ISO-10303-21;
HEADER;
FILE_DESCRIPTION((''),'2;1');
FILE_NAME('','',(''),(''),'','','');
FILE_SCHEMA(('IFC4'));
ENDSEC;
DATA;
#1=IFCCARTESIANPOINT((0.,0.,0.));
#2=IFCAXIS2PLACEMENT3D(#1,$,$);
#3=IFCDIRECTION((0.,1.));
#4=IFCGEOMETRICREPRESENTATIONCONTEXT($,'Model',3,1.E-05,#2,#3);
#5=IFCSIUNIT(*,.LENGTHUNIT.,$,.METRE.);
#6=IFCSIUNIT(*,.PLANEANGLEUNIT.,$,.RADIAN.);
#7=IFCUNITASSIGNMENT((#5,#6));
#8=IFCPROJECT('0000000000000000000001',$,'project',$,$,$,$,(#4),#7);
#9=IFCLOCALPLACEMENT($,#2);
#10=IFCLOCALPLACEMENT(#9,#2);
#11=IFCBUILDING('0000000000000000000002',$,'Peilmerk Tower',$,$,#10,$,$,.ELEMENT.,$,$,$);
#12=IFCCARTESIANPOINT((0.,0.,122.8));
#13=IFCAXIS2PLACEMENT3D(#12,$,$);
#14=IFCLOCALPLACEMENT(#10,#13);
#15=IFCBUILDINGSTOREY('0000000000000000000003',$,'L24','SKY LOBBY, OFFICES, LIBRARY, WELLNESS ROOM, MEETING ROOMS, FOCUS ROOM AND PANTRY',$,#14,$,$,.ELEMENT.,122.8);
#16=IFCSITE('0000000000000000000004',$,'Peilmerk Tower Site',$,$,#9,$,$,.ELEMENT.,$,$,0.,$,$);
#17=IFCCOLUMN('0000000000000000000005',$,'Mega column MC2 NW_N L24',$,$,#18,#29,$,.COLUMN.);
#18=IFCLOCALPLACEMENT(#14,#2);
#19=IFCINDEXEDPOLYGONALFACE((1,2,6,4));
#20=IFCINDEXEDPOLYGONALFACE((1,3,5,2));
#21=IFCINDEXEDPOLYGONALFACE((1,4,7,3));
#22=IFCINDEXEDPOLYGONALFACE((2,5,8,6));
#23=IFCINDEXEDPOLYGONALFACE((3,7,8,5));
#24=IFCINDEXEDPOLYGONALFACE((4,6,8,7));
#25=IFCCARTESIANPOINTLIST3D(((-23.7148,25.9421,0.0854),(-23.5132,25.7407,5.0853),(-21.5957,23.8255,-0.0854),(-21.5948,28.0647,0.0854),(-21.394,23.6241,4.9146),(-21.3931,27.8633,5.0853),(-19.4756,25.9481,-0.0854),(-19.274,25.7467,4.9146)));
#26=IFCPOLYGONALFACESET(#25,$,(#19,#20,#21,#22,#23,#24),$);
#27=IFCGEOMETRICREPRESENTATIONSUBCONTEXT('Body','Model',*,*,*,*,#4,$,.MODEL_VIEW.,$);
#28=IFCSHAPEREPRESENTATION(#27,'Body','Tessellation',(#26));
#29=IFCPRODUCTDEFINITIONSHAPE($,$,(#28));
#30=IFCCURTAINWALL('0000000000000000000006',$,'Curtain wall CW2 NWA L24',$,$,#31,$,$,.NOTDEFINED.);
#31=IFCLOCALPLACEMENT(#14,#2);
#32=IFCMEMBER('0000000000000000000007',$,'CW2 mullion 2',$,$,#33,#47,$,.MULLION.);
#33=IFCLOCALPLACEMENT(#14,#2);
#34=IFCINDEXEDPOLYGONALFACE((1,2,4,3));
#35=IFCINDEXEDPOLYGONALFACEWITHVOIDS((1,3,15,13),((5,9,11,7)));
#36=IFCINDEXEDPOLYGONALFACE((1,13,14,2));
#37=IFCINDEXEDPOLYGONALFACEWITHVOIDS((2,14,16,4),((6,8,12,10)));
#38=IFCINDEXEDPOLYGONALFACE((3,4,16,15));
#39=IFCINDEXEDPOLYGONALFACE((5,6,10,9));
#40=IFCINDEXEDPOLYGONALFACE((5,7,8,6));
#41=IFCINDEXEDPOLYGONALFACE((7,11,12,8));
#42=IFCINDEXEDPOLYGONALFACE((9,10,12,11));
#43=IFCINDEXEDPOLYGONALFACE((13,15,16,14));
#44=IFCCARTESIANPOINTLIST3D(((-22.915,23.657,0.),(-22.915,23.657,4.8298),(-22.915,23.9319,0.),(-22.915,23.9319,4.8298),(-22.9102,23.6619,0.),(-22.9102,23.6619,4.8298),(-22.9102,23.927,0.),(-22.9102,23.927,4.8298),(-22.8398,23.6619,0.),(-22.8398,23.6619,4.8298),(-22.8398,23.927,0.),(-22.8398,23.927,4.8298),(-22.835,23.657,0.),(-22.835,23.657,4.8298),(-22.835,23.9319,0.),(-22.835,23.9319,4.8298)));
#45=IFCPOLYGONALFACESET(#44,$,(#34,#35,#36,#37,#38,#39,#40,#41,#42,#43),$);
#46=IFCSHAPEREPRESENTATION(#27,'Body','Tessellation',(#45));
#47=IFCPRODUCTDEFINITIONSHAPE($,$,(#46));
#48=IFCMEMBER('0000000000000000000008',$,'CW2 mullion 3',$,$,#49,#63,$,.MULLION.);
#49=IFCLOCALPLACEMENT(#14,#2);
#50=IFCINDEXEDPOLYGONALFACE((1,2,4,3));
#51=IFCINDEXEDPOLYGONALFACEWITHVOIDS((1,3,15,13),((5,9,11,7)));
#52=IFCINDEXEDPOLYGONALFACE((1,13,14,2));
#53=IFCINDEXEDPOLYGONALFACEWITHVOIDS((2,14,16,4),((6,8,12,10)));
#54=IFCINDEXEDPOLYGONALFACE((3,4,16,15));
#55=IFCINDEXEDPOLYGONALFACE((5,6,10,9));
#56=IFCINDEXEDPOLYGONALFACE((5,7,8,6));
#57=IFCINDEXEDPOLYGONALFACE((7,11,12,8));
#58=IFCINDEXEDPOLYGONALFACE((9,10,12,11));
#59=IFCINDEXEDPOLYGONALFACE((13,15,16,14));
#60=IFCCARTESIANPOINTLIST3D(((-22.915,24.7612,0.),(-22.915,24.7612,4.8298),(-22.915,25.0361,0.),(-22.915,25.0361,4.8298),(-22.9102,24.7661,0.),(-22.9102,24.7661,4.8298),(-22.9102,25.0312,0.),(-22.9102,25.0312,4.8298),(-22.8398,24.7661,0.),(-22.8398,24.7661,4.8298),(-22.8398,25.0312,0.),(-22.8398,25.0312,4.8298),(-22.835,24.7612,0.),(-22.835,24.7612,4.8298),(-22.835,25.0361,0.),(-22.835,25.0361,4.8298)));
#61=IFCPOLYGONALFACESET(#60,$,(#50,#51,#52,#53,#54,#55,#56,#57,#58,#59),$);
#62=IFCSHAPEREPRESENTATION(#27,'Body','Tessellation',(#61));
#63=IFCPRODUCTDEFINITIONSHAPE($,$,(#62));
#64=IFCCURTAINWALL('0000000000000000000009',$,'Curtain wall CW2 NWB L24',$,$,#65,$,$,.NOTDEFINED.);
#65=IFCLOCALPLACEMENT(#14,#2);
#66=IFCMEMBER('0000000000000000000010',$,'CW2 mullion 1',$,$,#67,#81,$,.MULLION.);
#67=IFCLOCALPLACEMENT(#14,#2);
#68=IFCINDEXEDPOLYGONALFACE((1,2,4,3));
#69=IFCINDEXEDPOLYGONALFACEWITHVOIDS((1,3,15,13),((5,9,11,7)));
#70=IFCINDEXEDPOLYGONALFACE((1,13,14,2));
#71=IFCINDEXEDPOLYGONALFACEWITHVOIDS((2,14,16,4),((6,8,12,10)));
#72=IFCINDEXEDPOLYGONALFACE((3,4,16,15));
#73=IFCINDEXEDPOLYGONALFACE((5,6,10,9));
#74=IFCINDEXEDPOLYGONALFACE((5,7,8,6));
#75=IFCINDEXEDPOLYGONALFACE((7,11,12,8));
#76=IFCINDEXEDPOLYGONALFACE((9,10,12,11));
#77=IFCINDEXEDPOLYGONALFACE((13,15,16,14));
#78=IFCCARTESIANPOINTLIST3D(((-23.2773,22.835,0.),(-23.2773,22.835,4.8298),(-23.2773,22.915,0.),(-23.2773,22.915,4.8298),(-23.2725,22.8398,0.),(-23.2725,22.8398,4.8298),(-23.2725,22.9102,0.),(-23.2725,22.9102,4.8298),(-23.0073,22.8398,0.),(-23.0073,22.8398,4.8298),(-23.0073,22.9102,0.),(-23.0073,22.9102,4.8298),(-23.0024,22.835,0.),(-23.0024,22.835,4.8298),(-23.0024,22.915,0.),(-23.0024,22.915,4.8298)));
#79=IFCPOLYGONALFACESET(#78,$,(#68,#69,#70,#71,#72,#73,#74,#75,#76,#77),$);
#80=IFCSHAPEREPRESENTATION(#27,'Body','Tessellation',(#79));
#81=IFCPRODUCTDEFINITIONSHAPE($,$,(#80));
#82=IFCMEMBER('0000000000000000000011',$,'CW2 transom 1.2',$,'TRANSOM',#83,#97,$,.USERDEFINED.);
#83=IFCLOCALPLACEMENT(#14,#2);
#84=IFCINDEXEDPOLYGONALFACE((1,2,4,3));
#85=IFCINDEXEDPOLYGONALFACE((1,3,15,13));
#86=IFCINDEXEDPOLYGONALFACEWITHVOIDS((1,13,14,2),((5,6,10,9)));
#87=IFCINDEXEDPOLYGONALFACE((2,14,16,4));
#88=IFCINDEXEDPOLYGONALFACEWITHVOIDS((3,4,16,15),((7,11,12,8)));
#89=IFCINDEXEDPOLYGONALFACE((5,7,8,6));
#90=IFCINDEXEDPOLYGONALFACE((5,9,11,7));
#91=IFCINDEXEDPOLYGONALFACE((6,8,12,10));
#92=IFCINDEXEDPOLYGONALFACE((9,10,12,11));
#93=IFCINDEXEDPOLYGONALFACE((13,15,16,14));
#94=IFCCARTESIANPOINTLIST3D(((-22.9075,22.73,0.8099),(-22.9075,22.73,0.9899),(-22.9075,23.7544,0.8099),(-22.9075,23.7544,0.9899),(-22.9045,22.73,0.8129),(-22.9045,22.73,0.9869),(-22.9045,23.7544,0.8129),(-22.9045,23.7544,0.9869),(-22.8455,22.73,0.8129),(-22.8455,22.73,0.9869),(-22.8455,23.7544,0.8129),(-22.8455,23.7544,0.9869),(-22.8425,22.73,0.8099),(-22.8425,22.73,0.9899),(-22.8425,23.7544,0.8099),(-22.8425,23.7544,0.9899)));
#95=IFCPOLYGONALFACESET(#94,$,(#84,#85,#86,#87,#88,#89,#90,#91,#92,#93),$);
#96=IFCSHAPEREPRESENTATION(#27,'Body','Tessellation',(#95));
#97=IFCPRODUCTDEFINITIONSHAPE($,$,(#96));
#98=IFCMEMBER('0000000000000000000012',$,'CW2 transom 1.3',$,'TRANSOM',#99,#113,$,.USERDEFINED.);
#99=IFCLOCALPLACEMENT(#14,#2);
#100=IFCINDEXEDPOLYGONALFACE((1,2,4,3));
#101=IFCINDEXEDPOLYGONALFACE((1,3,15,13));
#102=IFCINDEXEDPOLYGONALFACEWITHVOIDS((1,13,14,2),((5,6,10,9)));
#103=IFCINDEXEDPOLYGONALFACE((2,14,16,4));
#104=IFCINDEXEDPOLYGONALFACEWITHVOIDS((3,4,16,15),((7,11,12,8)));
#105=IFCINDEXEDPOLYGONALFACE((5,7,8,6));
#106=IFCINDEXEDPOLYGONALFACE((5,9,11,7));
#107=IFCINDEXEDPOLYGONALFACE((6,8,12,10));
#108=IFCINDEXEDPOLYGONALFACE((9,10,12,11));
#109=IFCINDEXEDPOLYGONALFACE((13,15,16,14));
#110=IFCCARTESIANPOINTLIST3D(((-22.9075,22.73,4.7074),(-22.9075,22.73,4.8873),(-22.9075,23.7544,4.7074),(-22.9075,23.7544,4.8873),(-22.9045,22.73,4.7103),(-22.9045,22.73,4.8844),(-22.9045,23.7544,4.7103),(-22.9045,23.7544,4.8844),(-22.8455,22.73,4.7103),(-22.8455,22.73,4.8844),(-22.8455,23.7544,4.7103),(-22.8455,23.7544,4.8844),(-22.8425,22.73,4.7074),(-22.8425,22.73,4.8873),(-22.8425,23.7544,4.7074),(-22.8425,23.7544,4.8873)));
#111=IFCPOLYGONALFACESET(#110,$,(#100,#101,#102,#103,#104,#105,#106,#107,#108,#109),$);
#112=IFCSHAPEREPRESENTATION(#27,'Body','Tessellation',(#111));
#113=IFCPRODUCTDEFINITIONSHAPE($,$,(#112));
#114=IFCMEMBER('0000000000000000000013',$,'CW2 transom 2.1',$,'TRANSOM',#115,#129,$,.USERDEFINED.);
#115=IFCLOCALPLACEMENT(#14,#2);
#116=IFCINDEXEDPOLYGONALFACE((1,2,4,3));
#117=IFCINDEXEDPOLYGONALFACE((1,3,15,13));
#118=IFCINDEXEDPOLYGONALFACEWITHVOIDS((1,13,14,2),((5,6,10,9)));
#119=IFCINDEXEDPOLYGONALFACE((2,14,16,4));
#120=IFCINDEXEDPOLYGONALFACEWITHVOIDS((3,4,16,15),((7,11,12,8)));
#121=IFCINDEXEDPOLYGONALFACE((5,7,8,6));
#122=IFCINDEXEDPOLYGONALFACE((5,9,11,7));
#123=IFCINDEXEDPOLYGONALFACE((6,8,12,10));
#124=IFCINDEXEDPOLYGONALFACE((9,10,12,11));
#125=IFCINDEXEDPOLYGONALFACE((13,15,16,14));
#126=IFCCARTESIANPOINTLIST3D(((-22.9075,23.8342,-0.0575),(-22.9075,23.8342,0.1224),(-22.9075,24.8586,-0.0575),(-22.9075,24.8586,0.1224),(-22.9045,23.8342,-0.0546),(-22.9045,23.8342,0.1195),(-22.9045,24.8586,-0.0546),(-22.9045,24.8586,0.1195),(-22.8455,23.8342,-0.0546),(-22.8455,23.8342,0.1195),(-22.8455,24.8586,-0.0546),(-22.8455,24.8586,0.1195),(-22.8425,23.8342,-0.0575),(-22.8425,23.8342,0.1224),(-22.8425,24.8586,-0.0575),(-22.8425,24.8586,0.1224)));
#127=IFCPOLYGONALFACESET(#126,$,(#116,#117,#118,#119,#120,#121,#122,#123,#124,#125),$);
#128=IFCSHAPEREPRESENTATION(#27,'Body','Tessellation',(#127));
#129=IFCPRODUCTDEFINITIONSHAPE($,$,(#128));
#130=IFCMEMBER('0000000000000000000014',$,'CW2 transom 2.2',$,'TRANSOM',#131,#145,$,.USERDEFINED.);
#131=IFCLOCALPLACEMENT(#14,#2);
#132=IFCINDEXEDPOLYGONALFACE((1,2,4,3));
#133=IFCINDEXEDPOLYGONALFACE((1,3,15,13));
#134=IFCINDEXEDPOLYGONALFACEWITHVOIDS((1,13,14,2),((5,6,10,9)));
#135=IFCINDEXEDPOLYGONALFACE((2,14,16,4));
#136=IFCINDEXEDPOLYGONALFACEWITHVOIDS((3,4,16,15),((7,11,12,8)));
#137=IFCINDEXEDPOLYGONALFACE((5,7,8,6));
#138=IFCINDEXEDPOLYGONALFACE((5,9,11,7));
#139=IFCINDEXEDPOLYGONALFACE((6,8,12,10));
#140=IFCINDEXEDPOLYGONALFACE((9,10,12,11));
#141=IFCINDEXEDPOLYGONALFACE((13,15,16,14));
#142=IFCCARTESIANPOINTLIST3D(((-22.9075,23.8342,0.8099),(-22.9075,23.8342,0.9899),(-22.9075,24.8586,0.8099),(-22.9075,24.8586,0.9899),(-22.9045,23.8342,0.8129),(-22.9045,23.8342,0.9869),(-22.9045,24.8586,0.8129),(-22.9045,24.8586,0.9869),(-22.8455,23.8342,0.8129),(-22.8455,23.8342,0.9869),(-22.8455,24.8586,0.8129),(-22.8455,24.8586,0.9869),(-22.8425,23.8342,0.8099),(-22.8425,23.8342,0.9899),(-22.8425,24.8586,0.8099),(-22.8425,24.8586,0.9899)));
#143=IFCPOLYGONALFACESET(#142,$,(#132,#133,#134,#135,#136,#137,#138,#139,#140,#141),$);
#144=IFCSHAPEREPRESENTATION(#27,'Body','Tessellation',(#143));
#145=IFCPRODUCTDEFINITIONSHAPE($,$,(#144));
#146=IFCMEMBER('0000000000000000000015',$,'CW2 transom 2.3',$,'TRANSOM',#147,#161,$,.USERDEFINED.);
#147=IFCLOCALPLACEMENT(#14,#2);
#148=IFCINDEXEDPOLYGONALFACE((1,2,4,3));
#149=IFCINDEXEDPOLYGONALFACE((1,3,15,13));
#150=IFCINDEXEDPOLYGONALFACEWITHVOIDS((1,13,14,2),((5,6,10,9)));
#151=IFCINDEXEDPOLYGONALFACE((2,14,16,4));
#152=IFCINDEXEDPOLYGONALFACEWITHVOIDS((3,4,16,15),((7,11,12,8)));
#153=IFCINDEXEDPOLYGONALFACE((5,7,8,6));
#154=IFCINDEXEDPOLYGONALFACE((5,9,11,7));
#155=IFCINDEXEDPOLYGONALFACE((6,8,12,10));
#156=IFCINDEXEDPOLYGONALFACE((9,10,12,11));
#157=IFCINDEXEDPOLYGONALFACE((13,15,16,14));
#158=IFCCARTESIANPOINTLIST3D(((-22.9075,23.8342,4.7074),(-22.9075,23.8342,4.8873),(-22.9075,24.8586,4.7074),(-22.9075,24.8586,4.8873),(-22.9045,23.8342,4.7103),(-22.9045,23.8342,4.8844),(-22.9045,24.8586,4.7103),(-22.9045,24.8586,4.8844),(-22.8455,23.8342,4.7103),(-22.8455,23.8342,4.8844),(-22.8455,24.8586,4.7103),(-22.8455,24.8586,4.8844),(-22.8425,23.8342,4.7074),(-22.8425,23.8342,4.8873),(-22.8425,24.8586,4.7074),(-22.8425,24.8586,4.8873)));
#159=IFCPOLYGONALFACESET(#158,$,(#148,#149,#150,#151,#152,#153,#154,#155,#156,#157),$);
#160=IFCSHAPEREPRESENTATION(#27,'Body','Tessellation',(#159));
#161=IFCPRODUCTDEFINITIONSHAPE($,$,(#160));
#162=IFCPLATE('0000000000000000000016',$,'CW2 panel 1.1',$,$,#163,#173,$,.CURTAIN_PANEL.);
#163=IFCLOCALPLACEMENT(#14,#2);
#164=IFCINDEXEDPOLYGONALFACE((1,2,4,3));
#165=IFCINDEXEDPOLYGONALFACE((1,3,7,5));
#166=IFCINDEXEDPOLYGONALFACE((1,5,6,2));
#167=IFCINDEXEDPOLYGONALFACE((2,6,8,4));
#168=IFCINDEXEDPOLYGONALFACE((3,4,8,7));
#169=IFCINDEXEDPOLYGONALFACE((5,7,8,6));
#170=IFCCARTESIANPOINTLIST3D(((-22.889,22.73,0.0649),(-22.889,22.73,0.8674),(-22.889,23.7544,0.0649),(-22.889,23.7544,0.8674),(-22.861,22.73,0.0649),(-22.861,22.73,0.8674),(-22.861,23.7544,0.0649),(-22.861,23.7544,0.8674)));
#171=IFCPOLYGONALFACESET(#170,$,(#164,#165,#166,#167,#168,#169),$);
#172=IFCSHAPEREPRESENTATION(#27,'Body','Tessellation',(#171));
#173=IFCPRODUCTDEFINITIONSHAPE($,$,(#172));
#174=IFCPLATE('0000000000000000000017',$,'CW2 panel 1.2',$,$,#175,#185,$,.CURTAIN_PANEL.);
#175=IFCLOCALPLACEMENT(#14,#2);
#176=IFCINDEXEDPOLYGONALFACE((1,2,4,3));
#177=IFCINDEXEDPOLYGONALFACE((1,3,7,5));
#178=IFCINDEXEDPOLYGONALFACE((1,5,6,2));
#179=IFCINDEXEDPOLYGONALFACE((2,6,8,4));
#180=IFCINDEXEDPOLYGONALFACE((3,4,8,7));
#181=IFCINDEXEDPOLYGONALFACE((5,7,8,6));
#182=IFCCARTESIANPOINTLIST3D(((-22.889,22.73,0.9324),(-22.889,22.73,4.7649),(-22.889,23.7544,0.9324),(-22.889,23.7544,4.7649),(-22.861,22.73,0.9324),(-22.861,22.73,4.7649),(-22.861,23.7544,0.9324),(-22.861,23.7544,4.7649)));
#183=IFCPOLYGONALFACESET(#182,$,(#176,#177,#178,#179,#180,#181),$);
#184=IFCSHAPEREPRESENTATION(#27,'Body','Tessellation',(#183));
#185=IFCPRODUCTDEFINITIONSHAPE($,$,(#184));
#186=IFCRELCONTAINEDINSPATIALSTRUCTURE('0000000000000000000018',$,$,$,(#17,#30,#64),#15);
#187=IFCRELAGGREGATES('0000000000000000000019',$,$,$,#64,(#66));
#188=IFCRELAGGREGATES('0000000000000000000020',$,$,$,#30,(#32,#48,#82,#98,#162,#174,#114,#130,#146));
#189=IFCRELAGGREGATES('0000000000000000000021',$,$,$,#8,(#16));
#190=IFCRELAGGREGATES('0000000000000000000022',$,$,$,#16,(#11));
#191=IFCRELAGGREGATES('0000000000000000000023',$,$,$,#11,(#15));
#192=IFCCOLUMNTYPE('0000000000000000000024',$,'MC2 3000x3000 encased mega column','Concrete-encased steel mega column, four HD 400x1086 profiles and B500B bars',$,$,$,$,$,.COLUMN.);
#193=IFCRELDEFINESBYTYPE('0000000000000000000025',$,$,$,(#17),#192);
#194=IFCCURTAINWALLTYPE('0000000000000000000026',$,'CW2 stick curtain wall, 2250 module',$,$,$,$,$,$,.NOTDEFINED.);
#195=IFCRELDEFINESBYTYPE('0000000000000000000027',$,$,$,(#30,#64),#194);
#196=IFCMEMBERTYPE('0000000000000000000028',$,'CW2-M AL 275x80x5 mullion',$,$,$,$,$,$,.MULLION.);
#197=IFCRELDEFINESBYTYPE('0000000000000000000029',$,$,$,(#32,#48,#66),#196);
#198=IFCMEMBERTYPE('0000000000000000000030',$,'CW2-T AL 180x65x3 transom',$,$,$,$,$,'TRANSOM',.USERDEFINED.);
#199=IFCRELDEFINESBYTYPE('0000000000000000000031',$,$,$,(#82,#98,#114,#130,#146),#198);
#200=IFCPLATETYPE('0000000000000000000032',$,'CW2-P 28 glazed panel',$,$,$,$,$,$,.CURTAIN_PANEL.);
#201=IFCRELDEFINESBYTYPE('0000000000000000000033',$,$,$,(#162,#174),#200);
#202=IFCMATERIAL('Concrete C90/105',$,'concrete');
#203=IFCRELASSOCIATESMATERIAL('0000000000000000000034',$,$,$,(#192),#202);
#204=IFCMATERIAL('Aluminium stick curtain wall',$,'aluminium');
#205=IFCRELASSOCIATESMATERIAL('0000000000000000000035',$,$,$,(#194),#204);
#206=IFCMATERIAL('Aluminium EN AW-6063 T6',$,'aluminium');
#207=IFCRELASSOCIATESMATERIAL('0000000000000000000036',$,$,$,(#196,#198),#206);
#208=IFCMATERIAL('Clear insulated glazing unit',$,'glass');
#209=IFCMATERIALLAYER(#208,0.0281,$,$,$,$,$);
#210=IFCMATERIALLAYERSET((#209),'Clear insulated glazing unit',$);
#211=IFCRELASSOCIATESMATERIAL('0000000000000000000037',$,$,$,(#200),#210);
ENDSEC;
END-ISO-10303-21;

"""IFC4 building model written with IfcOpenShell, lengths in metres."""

from ifc_helpers import new_model, si_unit, direction, frame, origin, origin_2d, place, context, subcontext, project, spatial, rectangle, hollow_rectangle, extrude, material, layer, layer_set, material_profile, profile_set, type_object, element, aggregate, save


model = new_model("IFC4")

# Units and contexts
model_context = context("Model", 3, precision=1e-05, world=origin(), true_north=direction((0.0, 1.0)))
body_context = subcontext(model_context, "Body", "Model", "MODEL_VIEW")
ifc_project = project(units=[si_unit("LENGTHUNIT", "METRE"), si_unit("PLANEANGLEUNIT", "RADIAN")], contexts=[model_context])

# Site, building, storey
site_placement = place(None, origin())
site = spatial("IfcSite", under=ifc_project, at=site_placement, Name="Peilmerk Tower Site", CompositionType="ELEMENT", RefElevation=0.0)
building_placement = place(site_placement, origin())
building = spatial("IfcBuilding", under=site, at=building_placement, Name="Peilmerk Tower", CompositionType="ELEMENT")
storey_placement = place(building_placement, frame((0.0, 0.0, 122.8)))
storey = spatial("IfcBuildingStorey", under=building, at=storey_placement, Name="L24", Description="SKY LOBBY, OFFICES, LIBRARY, WELLNESS ROOM, MEETING ROOMS, FOCUS ROOM AND PANTRY", CompositionType="ELEMENT", Elevation=122.8)

# Column
ifc_material_1 = material(Name="Concrete C90/105", Category="concrete")
ifc_material_profile_1 = material_profile(ifc_material_1, rectangle(XDim=3.0, YDim=3.0, at=origin_2d()), Name="RC 3000x3000")
ifc_profile_set_1 = profile_set([ifc_material_profile_1], Name="Concrete C90/105")
column_type = type_object("IfcColumnType", Name="MC2 3000x3000 encased mega column", Description="Concrete-encased steel mega column, four HD 400x1086 profiles and B500B bars", PredefinedType="COLUMN", material=ifc_profile_set_1)
column_placement = place(storey_placement, frame((-21.5952, 25.9451, 0.0), z_axis=(0.040267, -0.040218, 0.998379), x_axis=(0.706678, 0.707535, 0.0)))
element("IfcColumn", 1, at=column_placement, inside=storey, type_object=column_type, Name="Mega column MC2 NW_N L24", PredefinedType="COLUMN", context=body_context, shape_type="SweptSolid", body=[
    extrude(rectangle(XDim=3.0, YDim=3.0, at=origin_2d()), origin(), (0.0, 0.0, 1.0), 5.0081),
])

# Curtain wall, members
ifc_material_2 = material(Name="Aluminium stick curtain wall", Category="aluminium")
curtain_wall_type = type_object("IfcCurtainWallType", Name="CW2 stick curtain wall, 2250 module", PredefinedType="NOTDEFINED", material=ifc_material_2)
curtain_wall_1_placement = place(storey_placement, origin())
curtain_wall_1 = element("IfcCurtainWall", 2, at=curtain_wall_1_placement, inside=storey, type_object=curtain_wall_type, Name="Curtain wall CW2 NWA L24", PredefinedType="NOTDEFINED")
ifc_material_3 = material(Name="Aluminium EN AW-6063 T6", Category="aluminium")
ifc_material_profile_2 = material_profile(ifc_material_3, hollow_rectangle(XDim=0.0801, YDim=0.2749, WallThickness=0.0049, at=origin_2d()), Name="AL 275x80x5")
ifc_profile_set_2 = profile_set([ifc_material_profile_2], Name="Aluminium EN AW-6063 T6")
member_type_1 = type_object("IfcMemberType", Name="CW2-M AL 275x80x5 mullion", PredefinedType="MULLION", material=ifc_profile_set_2)
member_1_placement = place(storey_placement, frame((-22.875, 23.7944, 0.0), z_axis=(0.0, 0.0, 1.0), x_axis=(-1.0, 0.0, 0.0)))
member_1 = element("IfcMember", 3, at=member_1_placement, type_object=member_type_1, Name="CW2 mullion 2", PredefinedType="MULLION", context=body_context, shape_type="SweptSolid", body=[
    extrude(hollow_rectangle(XDim=0.0801, YDim=0.2749, WallThickness=0.0049, at=origin_2d()), origin(), (0.0, 0.0, 1.0), 4.8298),
])
member_2_placement = place(storey_placement, frame((-22.875, 24.8987, 0.0), z_axis=(0.0, 0.0, 1.0), x_axis=(-1.0, 0.0, 0.0)))
member_2 = element("IfcMember", 4, at=member_2_placement, type_object=member_type_1, Name="CW2 mullion 3", PredefinedType="MULLION", context=body_context, shape_type="SweptSolid", body=[
    extrude(hollow_rectangle(XDim=0.0801, YDim=0.2749, WallThickness=0.0049, at=origin_2d()), origin(), (0.0, 0.0, 1.0), 4.8298),
])

# Curtain wall, member
curtain_wall_2_placement = place(storey_placement, origin())
curtain_wall_2 = element("IfcCurtainWall", 5, at=curtain_wall_2_placement, inside=storey, type_object=curtain_wall_type, Name="Curtain wall CW2 NWB L24", PredefinedType="NOTDEFINED")
member_3_placement = place(storey_placement, frame((-23.1399, 22.875, 0.0), z_axis=(0.0, 0.0, 1.0), x_axis=(0.0, -1.0, 0.0)))
member_3 = element("IfcMember", 6, at=member_3_placement, type_object=member_type_1, Name="CW2 mullion 1", PredefinedType="MULLION", context=body_context, shape_type="SweptSolid", body=[
    extrude(hollow_rectangle(XDim=0.0801, YDim=0.2749, WallThickness=0.0049, at=origin_2d()), origin(), (0.0, 0.0, 1.0), 4.8298),
])
aggregate(curtain_wall_2, [member_3])

# Members
ifc_material_profile_3 = material_profile(ifc_material_3, hollow_rectangle(XDim=0.0649, YDim=0.1799, WallThickness=0.0029, at=origin_2d()), Name="AL 180x65x3")
ifc_profile_set_3 = profile_set([ifc_material_profile_3], Name="Aluminium EN AW-6063 T6")
member_type_2 = type_object("IfcMemberType", Name="CW2-T AL 180x65x3 transom", ElementType="TRANSOM", PredefinedType="USERDEFINED", material=ifc_profile_set_3)
member_4_placement = place(storey_placement, frame((-22.875, 22.73, 0.8999), z_axis=(0.0, 1.0, 0.0), x_axis=(-1.0, 0.0, 0.0)))
member_4 = element("IfcMember", 7, at=member_4_placement, type_object=member_type_2, Name="CW2 transom 1.2", ObjectType="TRANSOM", PredefinedType="USERDEFINED", context=body_context, shape_type="SweptSolid", body=[
    extrude(hollow_rectangle(XDim=0.0649, YDim=0.1799, WallThickness=0.0029, at=origin_2d()), origin(), (0.0, 0.0, 1.0), 1.0244),
])
member_5_placement = place(storey_placement, frame((-22.875, 22.73, 4.7974), z_axis=(0.0, 1.0, 0.0), x_axis=(-1.0, 0.0, 0.0)))
member_5 = element("IfcMember", 8, at=member_5_placement, type_object=member_type_2, Name="CW2 transom 1.3", ObjectType="TRANSOM", PredefinedType="USERDEFINED", context=body_context, shape_type="SweptSolid", body=[
    extrude(hollow_rectangle(XDim=0.0649, YDim=0.1799, WallThickness=0.0029, at=origin_2d()), origin(), (0.0, 0.0, 1.0), 1.0244),
])
member_6_placement = place(storey_placement, frame((-22.875, 23.8342, 0.0325), z_axis=(0.0, 1.0, 0.0), x_axis=(-1.0, 0.0, 0.0)))
member_6 = element("IfcMember", 9, at=member_6_placement, type_object=member_type_2, Name="CW2 transom 2.1", ObjectType="TRANSOM", PredefinedType="USERDEFINED", context=body_context, shape_type="SweptSolid", body=[
    extrude(hollow_rectangle(XDim=0.0649, YDim=0.1799, WallThickness=0.0029, at=origin_2d()), origin(), (0.0, 0.0, 1.0), 1.0244),
])
member_7_placement = place(storey_placement, frame((-22.875, 23.8342, 0.8999), z_axis=(0.0, 1.0, 0.0), x_axis=(-1.0, 0.0, 0.0)))
member_7 = element("IfcMember", 10, at=member_7_placement, type_object=member_type_2, Name="CW2 transom 2.2", ObjectType="TRANSOM", PredefinedType="USERDEFINED", context=body_context, shape_type="SweptSolid", body=[
    extrude(hollow_rectangle(XDim=0.0649, YDim=0.1799, WallThickness=0.0029, at=origin_2d()), origin(), (0.0, 0.0, 1.0), 1.0244),
])
member_8_placement = place(storey_placement, frame((-22.875, 23.8342, 4.7974), z_axis=(0.0, 1.0, 0.0), x_axis=(-1.0, 0.0, 0.0)))
member_8 = element("IfcMember", 11, at=member_8_placement, type_object=member_type_2, Name="CW2 transom 2.3", ObjectType="TRANSOM", PredefinedType="USERDEFINED", context=body_context, shape_type="SweptSolid", body=[
    extrude(hollow_rectangle(XDim=0.0649, YDim=0.1799, WallThickness=0.0029, at=origin_2d()), origin(), (0.0, 0.0, 1.0), 1.0244),
])

# Plates
ifc_material_4 = material(Name="Clear insulated glazing unit", Category="glass")
ifc_layer_1 = layer(ifc_material_4, 0.0281)
ifc_layer_set_1 = layer_set([ifc_layer_1], Name="Clear insulated glazing unit")
plate_type = type_object("IfcPlateType", Name="CW2-P 28 glazed panel", PredefinedType="CURTAIN_PANEL", material=ifc_layer_set_1)
plate_1_placement = place(storey_placement, frame((-22.875, 23.2422, 0.0649), z_axis=(0.0, 0.0, 1.0), x_axis=(0.0, 1.0, 0.0)))
plate_1 = element("IfcPlate", 12, at=plate_1_placement, type_object=plate_type, Name="CW2 panel 1.1", PredefinedType="CURTAIN_PANEL", context=body_context, shape_type="SweptSolid", body=[
    extrude(rectangle(XDim=1.0244, YDim=0.0281, at=origin_2d()), origin(), (0.0, 0.0, 1.0), 0.8025),
])
plate_2_placement = place(storey_placement, frame((-22.875, 23.2422, 0.9324), z_axis=(0.0, 0.0, 1.0), x_axis=(0.0, 1.0, 0.0)))
plate_2 = element("IfcPlate", 13, at=plate_2_placement, type_object=plate_type, Name="CW2 panel 1.2", PredefinedType="CURTAIN_PANEL", context=body_context, shape_type="SweptSolid", body=[
    extrude(rectangle(XDim=1.0244, YDim=0.0281, at=origin_2d()), origin(), (0.0, 0.0, 1.0), 3.8325),
])
aggregate(curtain_wall_1, [member_1, member_2, member_4, member_5, plate_1, plate_2, member_6, member_7, member_8])

save(model, "model.ifc")
